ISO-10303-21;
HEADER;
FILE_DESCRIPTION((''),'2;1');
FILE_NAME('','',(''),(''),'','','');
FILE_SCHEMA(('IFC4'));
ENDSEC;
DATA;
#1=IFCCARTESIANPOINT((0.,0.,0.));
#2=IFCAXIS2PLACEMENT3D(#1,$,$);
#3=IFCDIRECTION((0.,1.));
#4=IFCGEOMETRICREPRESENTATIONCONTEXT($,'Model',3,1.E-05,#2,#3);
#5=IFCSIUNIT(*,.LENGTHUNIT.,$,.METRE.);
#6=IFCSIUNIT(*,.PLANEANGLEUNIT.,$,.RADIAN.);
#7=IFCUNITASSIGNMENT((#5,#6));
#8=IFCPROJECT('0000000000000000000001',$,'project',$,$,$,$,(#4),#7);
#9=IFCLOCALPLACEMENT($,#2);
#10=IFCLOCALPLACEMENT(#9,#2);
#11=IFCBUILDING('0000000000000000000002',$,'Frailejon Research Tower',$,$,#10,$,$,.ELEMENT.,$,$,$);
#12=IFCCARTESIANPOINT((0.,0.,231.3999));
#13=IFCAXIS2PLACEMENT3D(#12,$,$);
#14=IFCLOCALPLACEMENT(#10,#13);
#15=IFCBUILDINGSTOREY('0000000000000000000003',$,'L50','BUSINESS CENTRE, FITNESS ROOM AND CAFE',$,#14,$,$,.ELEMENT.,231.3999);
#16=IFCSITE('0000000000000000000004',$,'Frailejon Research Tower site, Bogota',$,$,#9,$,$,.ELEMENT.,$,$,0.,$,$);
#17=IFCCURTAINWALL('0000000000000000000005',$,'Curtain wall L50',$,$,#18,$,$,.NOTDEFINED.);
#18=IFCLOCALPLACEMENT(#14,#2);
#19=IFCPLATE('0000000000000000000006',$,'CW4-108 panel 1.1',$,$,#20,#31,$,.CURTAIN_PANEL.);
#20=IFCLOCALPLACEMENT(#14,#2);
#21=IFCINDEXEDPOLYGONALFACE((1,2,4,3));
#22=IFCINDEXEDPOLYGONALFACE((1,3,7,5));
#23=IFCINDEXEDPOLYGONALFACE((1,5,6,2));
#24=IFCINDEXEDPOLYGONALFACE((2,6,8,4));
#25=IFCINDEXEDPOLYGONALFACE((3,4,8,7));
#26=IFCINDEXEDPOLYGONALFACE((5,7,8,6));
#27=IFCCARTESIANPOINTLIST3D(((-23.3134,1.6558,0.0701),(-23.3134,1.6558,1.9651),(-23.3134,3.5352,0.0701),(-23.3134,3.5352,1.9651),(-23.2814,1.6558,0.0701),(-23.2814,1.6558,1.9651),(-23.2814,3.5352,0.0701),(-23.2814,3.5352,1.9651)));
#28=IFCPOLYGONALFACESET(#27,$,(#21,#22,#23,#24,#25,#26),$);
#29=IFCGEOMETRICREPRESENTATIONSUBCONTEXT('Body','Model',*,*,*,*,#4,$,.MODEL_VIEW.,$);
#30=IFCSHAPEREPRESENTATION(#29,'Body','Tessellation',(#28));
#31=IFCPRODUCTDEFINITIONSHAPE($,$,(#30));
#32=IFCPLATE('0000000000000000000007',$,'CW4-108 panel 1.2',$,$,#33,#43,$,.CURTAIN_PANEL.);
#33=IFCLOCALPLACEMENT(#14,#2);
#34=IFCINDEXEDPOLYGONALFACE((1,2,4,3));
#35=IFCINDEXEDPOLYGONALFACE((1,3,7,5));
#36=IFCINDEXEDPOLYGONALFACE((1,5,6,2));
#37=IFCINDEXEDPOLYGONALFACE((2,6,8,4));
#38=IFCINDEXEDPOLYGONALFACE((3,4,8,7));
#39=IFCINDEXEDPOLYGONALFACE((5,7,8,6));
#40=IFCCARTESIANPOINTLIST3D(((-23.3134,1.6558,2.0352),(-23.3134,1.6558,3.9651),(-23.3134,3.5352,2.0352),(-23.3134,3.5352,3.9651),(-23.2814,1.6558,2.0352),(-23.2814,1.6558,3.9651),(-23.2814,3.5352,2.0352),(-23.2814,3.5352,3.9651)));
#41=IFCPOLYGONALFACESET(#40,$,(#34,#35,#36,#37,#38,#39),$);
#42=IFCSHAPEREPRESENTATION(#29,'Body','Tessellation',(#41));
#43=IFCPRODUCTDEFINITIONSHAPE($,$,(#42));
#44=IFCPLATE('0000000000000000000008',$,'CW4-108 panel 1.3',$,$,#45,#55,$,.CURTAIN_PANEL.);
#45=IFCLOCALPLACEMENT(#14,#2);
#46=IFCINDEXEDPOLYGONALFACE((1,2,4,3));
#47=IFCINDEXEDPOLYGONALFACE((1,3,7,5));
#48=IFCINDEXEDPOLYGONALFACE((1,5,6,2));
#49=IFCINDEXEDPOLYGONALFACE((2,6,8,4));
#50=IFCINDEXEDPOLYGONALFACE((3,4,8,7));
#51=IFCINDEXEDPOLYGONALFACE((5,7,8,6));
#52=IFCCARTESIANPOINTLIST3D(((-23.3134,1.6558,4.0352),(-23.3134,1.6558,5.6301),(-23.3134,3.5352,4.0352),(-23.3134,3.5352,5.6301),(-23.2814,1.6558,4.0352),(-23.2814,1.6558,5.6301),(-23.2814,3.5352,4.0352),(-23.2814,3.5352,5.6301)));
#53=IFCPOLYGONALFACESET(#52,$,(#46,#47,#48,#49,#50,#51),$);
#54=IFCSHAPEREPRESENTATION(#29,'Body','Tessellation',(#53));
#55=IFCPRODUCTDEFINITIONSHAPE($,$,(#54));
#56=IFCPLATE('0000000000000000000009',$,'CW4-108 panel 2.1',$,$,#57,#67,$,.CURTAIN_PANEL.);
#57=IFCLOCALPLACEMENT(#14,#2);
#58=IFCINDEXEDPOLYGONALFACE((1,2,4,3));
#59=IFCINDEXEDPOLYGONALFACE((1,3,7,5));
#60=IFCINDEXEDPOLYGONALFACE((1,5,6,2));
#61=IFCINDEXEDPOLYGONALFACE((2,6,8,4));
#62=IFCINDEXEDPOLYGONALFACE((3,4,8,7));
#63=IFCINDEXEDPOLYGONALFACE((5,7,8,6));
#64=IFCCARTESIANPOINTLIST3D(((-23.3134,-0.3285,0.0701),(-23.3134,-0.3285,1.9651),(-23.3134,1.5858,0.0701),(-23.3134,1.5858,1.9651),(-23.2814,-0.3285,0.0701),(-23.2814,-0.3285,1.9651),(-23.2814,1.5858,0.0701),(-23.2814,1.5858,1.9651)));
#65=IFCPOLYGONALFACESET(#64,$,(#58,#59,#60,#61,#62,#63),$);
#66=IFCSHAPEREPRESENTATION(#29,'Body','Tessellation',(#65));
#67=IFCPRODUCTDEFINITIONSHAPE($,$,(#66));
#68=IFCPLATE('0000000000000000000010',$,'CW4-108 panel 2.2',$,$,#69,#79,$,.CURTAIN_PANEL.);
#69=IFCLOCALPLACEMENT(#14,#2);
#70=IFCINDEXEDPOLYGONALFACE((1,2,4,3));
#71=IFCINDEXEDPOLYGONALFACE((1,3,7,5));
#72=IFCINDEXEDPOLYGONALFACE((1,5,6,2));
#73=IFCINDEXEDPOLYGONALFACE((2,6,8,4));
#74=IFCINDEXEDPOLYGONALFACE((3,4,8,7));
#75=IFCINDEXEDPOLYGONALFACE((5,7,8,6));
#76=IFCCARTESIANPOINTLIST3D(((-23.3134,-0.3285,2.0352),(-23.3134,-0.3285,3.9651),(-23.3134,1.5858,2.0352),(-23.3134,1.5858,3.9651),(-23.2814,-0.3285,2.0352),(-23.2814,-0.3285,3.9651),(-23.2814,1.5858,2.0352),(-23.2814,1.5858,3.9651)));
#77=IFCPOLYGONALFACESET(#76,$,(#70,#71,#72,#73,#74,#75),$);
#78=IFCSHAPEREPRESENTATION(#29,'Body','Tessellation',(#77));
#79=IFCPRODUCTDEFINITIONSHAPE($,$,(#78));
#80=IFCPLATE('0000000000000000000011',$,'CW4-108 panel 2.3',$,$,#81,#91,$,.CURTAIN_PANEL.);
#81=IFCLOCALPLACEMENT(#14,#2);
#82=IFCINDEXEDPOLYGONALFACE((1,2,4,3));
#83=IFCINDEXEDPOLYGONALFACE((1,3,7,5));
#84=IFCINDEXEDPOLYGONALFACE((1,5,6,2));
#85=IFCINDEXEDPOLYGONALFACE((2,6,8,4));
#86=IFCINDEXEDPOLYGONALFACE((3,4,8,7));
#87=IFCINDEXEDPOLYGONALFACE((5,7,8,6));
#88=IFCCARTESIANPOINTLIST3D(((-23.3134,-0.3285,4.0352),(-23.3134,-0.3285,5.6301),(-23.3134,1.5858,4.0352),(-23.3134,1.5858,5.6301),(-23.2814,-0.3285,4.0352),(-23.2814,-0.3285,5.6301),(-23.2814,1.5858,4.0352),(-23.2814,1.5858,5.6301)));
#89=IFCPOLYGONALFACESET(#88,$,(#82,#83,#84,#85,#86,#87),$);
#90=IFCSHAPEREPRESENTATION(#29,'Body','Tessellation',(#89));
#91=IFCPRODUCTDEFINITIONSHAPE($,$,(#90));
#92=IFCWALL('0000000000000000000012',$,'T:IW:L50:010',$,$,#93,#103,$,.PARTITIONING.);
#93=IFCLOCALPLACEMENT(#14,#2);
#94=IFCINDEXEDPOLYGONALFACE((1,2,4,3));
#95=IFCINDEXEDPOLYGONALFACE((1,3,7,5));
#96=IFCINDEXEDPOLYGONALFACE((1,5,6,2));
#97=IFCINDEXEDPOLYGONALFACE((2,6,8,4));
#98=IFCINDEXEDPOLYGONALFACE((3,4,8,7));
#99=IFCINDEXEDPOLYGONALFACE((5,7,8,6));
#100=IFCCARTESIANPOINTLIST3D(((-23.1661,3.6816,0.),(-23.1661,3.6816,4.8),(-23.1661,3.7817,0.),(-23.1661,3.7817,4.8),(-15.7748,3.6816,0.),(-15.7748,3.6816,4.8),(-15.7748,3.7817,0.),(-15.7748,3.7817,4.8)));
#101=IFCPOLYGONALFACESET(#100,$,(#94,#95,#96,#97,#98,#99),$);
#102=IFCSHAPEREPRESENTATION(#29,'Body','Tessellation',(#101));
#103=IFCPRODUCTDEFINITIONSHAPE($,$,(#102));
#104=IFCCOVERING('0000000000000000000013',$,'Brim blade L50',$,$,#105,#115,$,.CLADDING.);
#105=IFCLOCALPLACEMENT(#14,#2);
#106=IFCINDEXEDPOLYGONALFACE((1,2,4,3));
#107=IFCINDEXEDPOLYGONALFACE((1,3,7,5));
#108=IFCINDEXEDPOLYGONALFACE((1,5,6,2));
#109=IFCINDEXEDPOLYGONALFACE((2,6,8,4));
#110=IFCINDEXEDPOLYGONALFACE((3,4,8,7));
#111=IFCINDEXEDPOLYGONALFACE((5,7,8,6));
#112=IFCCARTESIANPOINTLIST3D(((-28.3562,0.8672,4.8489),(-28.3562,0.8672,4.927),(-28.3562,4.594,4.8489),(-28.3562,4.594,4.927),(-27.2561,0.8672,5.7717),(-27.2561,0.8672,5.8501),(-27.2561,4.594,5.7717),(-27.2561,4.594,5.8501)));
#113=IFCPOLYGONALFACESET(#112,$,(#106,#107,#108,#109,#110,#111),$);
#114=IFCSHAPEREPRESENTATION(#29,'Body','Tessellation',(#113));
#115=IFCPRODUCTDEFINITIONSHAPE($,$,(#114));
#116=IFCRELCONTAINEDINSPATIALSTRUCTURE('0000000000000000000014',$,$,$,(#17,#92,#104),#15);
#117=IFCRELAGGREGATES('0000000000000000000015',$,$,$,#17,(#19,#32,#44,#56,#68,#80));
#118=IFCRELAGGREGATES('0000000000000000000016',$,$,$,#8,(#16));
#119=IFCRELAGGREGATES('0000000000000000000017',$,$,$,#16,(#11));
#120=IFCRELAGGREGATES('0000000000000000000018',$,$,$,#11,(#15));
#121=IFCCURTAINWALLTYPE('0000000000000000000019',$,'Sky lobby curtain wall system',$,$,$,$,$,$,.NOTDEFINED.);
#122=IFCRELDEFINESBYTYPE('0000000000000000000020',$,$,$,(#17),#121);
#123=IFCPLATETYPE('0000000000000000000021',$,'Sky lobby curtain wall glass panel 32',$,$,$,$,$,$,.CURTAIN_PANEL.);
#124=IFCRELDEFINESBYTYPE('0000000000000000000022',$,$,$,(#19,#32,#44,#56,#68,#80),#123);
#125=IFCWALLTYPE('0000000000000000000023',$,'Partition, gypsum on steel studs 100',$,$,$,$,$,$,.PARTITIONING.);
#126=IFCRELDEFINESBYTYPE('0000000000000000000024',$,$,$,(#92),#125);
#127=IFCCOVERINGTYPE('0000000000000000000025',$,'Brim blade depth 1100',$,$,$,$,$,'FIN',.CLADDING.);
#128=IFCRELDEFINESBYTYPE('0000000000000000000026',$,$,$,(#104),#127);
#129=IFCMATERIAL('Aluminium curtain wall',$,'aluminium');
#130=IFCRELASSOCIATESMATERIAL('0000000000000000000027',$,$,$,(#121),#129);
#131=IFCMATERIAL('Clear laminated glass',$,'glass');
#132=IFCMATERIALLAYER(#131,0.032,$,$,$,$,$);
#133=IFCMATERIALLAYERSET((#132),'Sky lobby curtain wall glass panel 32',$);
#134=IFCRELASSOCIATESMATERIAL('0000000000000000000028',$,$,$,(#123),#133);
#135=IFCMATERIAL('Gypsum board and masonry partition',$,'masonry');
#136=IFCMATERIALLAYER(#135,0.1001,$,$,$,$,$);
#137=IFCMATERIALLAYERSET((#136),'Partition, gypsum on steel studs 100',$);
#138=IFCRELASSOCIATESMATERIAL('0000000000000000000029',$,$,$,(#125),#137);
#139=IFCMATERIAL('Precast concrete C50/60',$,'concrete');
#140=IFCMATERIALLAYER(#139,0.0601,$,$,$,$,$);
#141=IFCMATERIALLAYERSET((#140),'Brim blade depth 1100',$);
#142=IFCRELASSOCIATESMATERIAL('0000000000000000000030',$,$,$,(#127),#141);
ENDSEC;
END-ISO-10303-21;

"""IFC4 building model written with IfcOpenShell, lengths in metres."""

from ifc_helpers import new_model, si_unit, direction, frame, frame_2d, origin, origin_2d, place, context, subcontext, project, spatial, polyline, rectangle, outline, extrude, material, layer, layer_set, type_object, element, aggregate, save


model = new_model("IFC4")

# Units and contexts
model_context = context("Model", 3, precision=1e-05, world=origin(), true_north=direction((0.0, 1.0)))
body_context = subcontext(model_context, "Body", "Model", "MODEL_VIEW")
ifc_project = project(units=[si_unit("LENGTHUNIT", "METRE"), si_unit("PLANEANGLEUNIT", "RADIAN")], contexts=[model_context])

# Site, building, storey
site_placement = place(None, origin())
site = spatial("IfcSite", under=ifc_project, at=site_placement, Name="Frailejon Research Tower site, Bogota", CompositionType="ELEMENT", RefElevation=0.0)
building_placement = place(site_placement, origin())
building = spatial("IfcBuilding", under=site, at=building_placement, Name="Frailejon Research Tower", CompositionType="ELEMENT")
storey_placement = place(building_placement, frame((0.0, 0.0, 231.3999)))
storey = spatial("IfcBuildingStorey", under=building, at=storey_placement, Name="L50", Description="BUSINESS CENTRE, FITNESS ROOM AND CAFE", CompositionType="ELEMENT", Elevation=231.3999)

# Shared definitions
ifc_material_1 = material(Name="Aluminium curtain wall", Category="aluminium")
curtain_wall_type = type_object("IfcCurtainWallType", Name="Sky lobby curtain wall system", PredefinedType="NOTDEFINED", material=ifc_material_1)

# Curtain wall
curtain_wall_1_placement = place(storey_placement, origin())
curtain_wall_1 = element("IfcCurtainWall", 1, at=curtain_wall_1_placement, inside=storey, type_object=curtain_wall_type, Name="Curtain wall L50", PredefinedType="NOTDEFINED")

# Plates
ifc_material_2 = material(Name="Clear laminated glass", Category="glass")
ifc_layer_1 = layer(ifc_material_2, 0.032)
ifc_layer_set_1 = layer_set([ifc_layer_1], Name="Sky lobby curtain wall glass panel 32")
plate_type = type_object("IfcPlateType", Name="Sky lobby curtain wall glass panel 32", PredefinedType="CURTAIN_PANEL", material=ifc_layer_set_1)
plate_1_placement = place(storey_placement, frame((-23.2974, 2.5955, 0.0701), z_axis=(0.0, 0.0, 1.0), x_axis=(0.0, -1.0, 0.0)))
plate_1 = element("IfcPlate", 2, at=plate_1_placement, type_object=plate_type, Name="CW4-108 panel 1.1", PredefinedType="CURTAIN_PANEL", context=body_context, shape_type="SweptSolid", body=[
    extrude(rectangle(XDim=1.8794, YDim=0.032, at=origin_2d()), origin(), (0.0, 0.0, 1.0), 1.895),
])
plate_2_placement = place(storey_placement, frame((-23.2974, 2.5955, 2.0352), z_axis=(0.0, 0.0, 1.0), x_axis=(0.0, -1.0, 0.0)))
plate_2 = element("IfcPlate", 3, at=plate_2_placement, type_object=plate_type, Name="CW4-108 panel 1.2", PredefinedType="CURTAIN_PANEL", context=body_context, shape_type="SweptSolid", body=[
    extrude(rectangle(XDim=1.8794, YDim=0.032, at=origin_2d()), origin(), (0.0, 0.0, 1.0), 1.9299),
])
plate_3_placement = place(storey_placement, frame((-23.2974, 2.5955, 4.0352), z_axis=(0.0, 0.0, 1.0), x_axis=(0.0, -1.0, 0.0)))
plate_3 = element("IfcPlate", 4, at=plate_3_placement, type_object=plate_type, Name="CW4-108 panel 1.3", PredefinedType="CURTAIN_PANEL", context=body_context, shape_type="SweptSolid", body=[
    extrude(rectangle(XDim=1.8794, YDim=0.032, at=origin_2d()), origin(), (0.0, 0.0, 1.0), 1.595),
])
plate_4_placement = place(storey_placement, frame((-23.2974, 0.6287, 0.0701), z_axis=(0.0, 0.0, 1.0), x_axis=(0.0, -1.0, 0.0)))
plate_4 = element("IfcPlate", 5, at=plate_4_placement, type_object=plate_type, Name="CW4-108 panel 2.1", PredefinedType="CURTAIN_PANEL", context=body_context, shape_type="SweptSolid", body=[
    extrude(rectangle(XDim=1.9143, YDim=0.032, at=origin_2d()), origin(), (0.0, 0.0, 1.0), 1.895),
])
plate_5_placement = place(storey_placement, frame((-23.2974, 0.6287, 2.0352), z_axis=(0.0, 0.0, 1.0), x_axis=(0.0, -1.0, 0.0)))
plate_5 = element("IfcPlate", 6, at=plate_5_placement, type_object=plate_type, Name="CW4-108 panel 2.2", PredefinedType="CURTAIN_PANEL", context=body_context, shape_type="SweptSolid", body=[
    extrude(rectangle(XDim=1.9143, YDim=0.032, at=origin_2d()), origin(), (0.0, 0.0, 1.0), 1.9299),
])
plate_6_placement = place(storey_placement, frame((-23.2974, 0.6287, 4.0352), z_axis=(0.0, 0.0, 1.0), x_axis=(0.0, -1.0, 0.0)))
plate_6 = element("IfcPlate", 7, at=plate_6_placement, type_object=plate_type, Name="CW4-108 panel 2.3", PredefinedType="CURTAIN_PANEL", context=body_context, shape_type="SweptSolid", body=[
    extrude(rectangle(XDim=1.9143, YDim=0.032, at=origin_2d()), origin(), (0.0, 0.0, 1.0), 1.595),
])
aggregate(curtain_wall_1, [plate_1, plate_2, plate_3, plate_4, plate_5, plate_6])

# Wall
ifc_material_3 = material(Name="Gypsum board and masonry partition", Category="masonry")
ifc_layer_2 = layer(ifc_material_3, 0.1001)
ifc_layer_set_2 = layer_set([ifc_layer_2], Name="Partition, gypsum on steel studs 100")
wall_type = type_object("IfcWallType", Name="Partition, gypsum on steel studs 100", PredefinedType="PARTITIONING", material=ifc_layer_set_2)
wall_placement = place(storey_placement, frame((-23.1663, 3.7317, 0.0), z_axis=(0.0, 0.0, 1.0), x_axis=(1.0, 0.0, 0.0)))
element("IfcWall", 8, at=wall_placement, inside=storey, type_object=wall_type, Name="T:IW:L50:010", PredefinedType="PARTITIONING", context=body_context, shape_type="SweptSolid", body=[
    extrude(rectangle(XDim=7.3914, YDim=0.1001, at=frame_2d((3.6958, 0.0))), origin(), (0.0, 0.0, 1.0), 4.8),
])

# Covering
ifc_material_4 = material(Name="Precast concrete C50/60", Category="concrete")
ifc_layer_3 = layer(ifc_material_4, 0.0601)
ifc_layer_set_3 = layer_set([ifc_layer_3], Name="Brim blade depth 1100")
covering_type = type_object("IfcCoveringType", Name="Brim blade depth 1100", ElementType="FIN", PredefinedType="CLADDING", material=ifc_layer_set_3)
covering_placement = place(storey_placement, frame((-27.2561, 0.8672, 5.8501), z_axis=(0.0, 1.0, 0.0), x_axis=(-1.0, 0.0, 0.0)))
element("IfcCovering", 9, at=covering_placement, inside=storey, type_object=covering_type, Name="Brim blade L50", PredefinedType="CLADDING", context=body_context, shape_type="SweptSolid", body=[
    extrude(outline(polyline([(0.0, -0.0784), (1.1001, -1.0012), (1.1001, -0.9231), (0.0, 0.0), (0.0, -0.0784)])), origin(), (0.0, 0.0, 1.0), 3.7268),
])

save(model, "model.ifc")
